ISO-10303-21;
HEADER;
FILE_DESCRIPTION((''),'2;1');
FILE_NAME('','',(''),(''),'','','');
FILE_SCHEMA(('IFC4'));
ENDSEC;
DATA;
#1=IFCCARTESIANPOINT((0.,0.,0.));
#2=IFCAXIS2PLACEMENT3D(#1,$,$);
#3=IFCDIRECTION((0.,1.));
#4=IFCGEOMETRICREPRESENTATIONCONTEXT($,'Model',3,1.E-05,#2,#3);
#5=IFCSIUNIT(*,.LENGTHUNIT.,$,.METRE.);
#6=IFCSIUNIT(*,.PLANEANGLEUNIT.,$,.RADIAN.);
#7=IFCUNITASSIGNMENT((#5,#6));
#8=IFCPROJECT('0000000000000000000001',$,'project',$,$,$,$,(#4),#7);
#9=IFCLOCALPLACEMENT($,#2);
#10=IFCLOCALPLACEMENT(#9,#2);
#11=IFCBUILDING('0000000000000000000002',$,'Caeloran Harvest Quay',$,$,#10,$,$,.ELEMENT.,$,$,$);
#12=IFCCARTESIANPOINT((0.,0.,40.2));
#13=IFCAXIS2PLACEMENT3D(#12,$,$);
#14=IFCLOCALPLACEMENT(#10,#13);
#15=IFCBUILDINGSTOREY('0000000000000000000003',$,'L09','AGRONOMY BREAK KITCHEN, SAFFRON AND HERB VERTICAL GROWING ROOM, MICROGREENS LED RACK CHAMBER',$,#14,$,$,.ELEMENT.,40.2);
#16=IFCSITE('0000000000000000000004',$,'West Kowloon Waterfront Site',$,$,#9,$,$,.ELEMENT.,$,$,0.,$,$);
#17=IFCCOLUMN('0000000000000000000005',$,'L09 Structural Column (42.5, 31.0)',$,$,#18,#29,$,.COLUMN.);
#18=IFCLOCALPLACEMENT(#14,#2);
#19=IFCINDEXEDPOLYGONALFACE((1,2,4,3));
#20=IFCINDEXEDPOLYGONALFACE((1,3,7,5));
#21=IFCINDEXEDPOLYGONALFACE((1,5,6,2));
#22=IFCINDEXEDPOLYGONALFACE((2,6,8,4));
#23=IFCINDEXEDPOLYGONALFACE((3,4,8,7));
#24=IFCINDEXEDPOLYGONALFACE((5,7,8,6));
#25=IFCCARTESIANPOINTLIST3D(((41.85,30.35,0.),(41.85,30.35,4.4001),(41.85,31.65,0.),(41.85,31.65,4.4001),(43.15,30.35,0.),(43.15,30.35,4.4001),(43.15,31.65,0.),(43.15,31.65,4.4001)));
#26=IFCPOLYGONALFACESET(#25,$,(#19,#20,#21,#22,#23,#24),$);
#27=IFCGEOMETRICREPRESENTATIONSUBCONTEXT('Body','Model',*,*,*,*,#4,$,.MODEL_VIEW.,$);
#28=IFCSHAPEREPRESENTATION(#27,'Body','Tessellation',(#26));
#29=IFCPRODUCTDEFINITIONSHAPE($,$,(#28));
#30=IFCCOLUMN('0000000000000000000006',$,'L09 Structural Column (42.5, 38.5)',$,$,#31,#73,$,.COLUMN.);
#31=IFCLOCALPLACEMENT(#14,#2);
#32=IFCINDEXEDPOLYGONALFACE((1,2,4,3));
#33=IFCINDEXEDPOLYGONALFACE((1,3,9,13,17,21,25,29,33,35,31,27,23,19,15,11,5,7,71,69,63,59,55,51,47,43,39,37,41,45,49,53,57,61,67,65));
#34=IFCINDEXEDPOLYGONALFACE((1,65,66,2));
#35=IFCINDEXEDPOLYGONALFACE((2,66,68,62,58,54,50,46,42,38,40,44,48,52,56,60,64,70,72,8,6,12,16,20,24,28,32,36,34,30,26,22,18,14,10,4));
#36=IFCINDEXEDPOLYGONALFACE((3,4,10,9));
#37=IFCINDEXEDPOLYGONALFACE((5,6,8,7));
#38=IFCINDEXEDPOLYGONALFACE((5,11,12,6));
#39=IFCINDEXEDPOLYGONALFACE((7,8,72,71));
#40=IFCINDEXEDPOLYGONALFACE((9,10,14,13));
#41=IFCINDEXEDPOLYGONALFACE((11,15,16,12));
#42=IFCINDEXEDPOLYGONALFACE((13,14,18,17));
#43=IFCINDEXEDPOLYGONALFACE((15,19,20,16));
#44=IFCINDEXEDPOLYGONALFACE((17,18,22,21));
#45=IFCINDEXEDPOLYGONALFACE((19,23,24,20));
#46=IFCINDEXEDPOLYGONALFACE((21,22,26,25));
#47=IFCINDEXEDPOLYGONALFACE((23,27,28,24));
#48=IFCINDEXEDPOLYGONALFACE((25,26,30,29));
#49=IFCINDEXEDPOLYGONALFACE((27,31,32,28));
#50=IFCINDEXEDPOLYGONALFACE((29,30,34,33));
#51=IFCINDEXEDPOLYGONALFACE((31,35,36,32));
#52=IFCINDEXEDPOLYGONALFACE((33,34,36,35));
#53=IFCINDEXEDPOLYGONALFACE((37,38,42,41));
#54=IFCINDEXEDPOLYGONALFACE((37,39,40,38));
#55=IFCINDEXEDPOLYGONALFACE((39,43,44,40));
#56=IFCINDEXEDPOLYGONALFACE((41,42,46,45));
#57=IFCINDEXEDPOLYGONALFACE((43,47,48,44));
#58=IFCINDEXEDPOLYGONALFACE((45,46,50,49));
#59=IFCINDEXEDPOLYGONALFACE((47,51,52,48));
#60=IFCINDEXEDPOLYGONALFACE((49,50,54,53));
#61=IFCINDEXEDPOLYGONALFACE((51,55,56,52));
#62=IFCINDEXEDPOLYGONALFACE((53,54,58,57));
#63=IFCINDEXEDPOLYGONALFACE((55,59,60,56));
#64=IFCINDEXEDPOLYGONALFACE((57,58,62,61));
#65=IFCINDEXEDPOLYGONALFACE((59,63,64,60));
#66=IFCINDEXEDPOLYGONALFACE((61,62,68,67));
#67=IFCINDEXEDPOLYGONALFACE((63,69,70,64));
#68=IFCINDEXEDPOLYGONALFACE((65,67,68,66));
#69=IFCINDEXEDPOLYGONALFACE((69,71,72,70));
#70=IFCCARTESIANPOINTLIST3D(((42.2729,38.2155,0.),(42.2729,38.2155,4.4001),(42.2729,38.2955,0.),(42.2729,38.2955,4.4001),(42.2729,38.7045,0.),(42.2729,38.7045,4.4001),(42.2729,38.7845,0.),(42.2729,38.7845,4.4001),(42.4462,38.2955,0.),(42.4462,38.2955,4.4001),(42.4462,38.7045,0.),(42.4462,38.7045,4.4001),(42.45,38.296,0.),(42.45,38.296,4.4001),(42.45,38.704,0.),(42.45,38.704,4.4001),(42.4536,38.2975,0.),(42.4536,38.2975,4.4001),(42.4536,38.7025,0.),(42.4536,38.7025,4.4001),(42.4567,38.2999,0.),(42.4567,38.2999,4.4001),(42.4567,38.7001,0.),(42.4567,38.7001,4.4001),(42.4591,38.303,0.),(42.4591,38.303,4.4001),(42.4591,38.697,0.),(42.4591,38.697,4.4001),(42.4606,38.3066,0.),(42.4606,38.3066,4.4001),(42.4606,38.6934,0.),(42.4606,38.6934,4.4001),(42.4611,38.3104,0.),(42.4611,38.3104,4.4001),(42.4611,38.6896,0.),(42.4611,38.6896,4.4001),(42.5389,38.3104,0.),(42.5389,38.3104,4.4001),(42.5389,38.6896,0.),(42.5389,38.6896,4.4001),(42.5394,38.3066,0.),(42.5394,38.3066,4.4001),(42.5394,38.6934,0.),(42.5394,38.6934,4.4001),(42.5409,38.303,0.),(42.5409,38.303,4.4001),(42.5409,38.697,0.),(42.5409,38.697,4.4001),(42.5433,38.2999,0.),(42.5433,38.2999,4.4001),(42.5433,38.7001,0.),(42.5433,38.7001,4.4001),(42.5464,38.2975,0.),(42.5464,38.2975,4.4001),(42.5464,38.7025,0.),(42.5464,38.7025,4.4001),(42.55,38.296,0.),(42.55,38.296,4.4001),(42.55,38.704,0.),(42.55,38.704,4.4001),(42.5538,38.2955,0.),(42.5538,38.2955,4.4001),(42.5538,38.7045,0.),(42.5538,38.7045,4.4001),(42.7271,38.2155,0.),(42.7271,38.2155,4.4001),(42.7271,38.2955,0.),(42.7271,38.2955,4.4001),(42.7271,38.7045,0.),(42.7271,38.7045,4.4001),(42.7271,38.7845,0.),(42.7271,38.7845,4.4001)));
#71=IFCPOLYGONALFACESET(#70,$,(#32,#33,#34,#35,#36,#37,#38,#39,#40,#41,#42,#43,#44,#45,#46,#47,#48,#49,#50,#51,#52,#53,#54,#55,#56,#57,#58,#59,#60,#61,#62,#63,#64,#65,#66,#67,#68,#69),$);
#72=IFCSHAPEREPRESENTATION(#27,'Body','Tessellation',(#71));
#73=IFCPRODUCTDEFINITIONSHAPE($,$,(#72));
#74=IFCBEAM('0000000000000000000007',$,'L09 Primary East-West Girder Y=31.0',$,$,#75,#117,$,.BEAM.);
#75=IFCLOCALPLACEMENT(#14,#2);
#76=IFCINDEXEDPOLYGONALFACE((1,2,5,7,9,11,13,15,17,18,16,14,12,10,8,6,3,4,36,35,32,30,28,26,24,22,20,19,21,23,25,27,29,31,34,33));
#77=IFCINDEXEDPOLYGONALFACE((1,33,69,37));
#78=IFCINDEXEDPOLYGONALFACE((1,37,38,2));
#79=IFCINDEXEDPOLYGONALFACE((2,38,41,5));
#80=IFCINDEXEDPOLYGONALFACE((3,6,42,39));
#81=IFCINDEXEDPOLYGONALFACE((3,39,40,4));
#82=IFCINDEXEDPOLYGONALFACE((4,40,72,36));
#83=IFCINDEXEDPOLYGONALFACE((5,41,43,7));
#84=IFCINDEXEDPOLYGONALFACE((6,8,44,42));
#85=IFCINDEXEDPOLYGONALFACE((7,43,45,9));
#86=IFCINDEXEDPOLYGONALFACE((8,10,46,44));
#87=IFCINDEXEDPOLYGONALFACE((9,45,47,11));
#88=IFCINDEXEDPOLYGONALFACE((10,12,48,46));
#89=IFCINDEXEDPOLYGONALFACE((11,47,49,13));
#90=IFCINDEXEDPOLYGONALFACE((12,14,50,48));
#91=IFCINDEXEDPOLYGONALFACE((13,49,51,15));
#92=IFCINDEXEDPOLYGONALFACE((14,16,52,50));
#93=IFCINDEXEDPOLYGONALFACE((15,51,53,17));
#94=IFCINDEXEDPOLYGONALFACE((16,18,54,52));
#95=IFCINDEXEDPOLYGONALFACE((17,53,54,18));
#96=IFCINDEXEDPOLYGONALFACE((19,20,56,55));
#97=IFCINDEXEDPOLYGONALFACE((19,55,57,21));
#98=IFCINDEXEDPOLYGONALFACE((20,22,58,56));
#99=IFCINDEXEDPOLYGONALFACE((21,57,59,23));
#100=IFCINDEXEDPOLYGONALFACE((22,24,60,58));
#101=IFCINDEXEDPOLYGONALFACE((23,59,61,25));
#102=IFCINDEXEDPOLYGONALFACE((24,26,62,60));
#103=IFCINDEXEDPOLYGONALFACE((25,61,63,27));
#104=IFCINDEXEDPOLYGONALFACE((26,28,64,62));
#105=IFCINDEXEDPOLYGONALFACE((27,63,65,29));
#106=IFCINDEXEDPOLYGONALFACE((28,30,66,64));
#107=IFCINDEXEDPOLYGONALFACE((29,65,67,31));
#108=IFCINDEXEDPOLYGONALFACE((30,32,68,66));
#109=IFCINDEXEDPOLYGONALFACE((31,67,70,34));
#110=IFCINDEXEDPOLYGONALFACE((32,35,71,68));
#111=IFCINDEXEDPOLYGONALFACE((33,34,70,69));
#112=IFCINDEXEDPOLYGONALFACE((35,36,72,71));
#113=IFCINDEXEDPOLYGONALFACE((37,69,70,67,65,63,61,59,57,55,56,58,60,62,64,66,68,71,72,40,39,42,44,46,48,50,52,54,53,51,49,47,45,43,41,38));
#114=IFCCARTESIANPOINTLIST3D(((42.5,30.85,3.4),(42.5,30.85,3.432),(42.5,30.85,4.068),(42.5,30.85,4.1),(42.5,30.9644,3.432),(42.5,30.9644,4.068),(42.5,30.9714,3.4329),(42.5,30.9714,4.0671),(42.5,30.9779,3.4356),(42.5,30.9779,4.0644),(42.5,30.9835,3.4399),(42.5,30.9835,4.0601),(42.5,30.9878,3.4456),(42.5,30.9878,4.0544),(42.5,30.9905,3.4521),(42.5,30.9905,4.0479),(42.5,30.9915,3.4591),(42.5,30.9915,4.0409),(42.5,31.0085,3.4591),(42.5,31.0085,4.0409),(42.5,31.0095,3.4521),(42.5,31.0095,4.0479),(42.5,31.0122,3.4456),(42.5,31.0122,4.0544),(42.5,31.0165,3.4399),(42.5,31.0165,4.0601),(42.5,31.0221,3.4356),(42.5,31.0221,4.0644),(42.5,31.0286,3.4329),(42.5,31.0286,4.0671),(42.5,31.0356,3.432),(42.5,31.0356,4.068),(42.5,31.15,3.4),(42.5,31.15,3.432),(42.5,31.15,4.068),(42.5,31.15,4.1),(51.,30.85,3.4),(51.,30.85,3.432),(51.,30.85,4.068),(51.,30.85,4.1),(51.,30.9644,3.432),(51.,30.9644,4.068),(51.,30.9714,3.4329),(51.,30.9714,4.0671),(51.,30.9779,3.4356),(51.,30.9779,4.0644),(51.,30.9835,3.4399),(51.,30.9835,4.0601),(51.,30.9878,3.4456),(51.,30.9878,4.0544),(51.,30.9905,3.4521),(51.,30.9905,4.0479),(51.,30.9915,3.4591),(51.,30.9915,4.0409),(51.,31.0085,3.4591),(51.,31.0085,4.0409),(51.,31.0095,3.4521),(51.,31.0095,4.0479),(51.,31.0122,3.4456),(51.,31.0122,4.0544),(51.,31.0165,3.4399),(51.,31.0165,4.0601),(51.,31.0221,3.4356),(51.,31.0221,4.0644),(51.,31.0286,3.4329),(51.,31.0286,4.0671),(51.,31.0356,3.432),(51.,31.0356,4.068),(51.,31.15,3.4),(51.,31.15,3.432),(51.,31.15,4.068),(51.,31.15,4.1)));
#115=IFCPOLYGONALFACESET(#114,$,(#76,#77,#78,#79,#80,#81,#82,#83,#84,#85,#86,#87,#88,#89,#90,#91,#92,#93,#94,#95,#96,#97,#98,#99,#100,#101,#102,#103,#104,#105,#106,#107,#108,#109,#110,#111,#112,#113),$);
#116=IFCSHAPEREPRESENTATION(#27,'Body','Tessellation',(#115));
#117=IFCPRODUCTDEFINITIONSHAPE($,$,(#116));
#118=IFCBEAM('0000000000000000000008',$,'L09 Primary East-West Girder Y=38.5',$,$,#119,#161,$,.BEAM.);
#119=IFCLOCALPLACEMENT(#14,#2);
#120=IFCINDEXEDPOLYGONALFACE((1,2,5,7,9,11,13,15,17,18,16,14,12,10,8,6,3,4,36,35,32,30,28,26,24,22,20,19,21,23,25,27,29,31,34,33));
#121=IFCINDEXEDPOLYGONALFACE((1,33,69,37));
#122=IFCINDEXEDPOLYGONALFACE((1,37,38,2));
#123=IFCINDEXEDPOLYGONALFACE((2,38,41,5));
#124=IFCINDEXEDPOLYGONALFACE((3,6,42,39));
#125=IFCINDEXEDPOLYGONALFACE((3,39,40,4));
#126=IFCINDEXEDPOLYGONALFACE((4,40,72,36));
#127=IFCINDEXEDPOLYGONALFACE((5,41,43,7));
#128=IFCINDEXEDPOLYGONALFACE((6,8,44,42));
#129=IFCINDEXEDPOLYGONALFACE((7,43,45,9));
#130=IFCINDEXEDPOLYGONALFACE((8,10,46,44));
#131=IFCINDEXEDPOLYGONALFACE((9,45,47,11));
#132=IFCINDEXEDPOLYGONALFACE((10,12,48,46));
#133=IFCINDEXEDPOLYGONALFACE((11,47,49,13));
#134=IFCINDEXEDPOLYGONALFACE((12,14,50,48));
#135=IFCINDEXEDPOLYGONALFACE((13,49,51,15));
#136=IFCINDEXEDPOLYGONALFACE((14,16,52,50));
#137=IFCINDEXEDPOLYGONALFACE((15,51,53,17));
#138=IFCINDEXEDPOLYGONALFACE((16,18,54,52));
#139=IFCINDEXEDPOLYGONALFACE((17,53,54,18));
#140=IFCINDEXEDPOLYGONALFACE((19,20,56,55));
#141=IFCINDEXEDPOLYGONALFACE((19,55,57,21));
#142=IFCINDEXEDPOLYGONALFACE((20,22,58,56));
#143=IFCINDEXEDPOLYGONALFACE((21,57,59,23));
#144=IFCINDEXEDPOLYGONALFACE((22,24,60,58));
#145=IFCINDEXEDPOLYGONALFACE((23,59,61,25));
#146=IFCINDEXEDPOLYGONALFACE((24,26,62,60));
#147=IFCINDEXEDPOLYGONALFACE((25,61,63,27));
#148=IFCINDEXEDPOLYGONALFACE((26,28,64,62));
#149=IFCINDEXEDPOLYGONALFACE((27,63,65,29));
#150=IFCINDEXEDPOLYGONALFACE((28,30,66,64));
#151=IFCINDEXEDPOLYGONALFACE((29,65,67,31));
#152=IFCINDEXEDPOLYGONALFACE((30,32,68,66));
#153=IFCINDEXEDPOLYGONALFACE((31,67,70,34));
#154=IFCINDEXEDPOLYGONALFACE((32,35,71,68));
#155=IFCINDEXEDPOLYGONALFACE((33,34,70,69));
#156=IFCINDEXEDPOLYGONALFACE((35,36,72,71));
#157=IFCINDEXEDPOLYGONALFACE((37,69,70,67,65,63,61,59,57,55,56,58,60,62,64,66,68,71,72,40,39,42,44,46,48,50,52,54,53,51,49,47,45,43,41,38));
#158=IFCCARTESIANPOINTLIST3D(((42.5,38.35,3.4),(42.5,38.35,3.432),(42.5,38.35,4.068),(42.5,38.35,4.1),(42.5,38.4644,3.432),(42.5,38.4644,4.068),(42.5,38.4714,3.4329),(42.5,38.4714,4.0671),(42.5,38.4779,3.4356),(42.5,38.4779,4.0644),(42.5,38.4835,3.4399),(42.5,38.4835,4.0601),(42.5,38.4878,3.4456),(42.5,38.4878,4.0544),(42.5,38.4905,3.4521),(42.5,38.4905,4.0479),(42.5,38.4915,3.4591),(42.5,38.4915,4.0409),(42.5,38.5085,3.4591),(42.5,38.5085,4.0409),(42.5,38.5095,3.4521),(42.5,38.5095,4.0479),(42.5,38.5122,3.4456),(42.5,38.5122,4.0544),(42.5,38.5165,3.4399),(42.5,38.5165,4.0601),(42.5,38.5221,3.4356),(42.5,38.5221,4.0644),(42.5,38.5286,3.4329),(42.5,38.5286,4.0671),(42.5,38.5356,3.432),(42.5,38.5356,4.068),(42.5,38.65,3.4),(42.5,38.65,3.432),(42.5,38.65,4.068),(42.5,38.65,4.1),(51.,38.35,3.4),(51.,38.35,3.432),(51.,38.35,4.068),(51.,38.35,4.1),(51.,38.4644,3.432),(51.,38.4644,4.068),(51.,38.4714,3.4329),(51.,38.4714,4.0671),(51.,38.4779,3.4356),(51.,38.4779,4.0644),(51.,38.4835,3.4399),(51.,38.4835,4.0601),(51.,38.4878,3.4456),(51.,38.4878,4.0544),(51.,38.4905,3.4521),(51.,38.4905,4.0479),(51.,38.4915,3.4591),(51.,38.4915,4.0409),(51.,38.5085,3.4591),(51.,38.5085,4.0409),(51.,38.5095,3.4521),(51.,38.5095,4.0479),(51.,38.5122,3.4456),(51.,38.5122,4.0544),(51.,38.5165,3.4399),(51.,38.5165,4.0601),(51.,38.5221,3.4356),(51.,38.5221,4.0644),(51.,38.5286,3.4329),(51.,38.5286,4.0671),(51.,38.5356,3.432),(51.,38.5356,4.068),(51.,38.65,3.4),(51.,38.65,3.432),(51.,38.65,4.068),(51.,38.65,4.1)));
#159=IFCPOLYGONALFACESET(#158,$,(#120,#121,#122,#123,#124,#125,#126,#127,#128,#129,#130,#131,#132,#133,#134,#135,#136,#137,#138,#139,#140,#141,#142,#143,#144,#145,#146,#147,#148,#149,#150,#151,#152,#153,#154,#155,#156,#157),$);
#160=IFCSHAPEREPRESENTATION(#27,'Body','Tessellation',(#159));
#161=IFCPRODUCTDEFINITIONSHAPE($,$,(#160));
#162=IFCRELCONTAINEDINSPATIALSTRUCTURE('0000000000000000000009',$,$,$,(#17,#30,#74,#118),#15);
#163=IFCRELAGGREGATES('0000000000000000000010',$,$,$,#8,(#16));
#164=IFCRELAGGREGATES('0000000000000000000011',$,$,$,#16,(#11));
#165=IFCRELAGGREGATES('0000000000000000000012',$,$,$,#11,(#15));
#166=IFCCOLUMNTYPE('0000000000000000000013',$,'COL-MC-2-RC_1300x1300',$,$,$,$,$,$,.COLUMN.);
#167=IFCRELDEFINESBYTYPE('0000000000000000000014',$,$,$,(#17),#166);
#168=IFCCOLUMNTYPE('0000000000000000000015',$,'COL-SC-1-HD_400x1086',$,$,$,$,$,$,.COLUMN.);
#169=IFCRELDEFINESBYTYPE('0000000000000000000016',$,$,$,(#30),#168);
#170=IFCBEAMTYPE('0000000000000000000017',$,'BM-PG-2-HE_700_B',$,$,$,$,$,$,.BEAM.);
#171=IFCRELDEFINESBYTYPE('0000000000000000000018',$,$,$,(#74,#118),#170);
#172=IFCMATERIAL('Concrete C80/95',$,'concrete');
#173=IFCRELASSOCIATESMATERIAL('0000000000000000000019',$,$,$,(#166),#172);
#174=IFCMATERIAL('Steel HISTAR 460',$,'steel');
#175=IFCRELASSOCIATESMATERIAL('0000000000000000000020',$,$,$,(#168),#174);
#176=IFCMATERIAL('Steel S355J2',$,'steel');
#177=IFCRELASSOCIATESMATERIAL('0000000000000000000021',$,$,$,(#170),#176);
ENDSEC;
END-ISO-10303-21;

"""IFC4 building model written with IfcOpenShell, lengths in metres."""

from ifc_helpers import new_model, si_unit, direction, frame, origin, origin_2d, place, context, subcontext, project, spatial, rectangle, i_section, extrude, material, material_profile, profile_set, type_object, element, save


model = new_model("IFC4")

# Units and contexts
model_context = context("Model", 3, precision=1e-05, world=origin(), true_north=direction((0.0, 1.0)))
body_context = subcontext(model_context, "Body", "Model", "MODEL_VIEW")
ifc_project = project(units=[si_unit("LENGTHUNIT", "METRE"), si_unit("PLANEANGLEUNIT", "RADIAN")], contexts=[model_context])

# Site, building, storey
site_placement = place(None, origin())
site = spatial("IfcSite", under=ifc_project, at=site_placement, Name="West Kowloon Waterfront Site", CompositionType="ELEMENT", RefElevation=0.0)
building_placement = place(site_placement, origin())
building = spatial("IfcBuilding", under=site, at=building_placement, Name="Caeloran Harvest Quay", CompositionType="ELEMENT")
storey_placement = place(building_placement, frame((0.0, 0.0, 40.2)))
storey = spatial("IfcBuildingStorey", under=building, at=storey_placement, Name="L09", Description="AGRONOMY BREAK KITCHEN, SAFFRON AND HERB VERTICAL GROWING ROOM, MICROGREENS LED RACK CHAMBER", CompositionType="ELEMENT", Elevation=40.2)

# Columns
ifc_material_1 = material(Name="Concrete C80/95", Category="concrete")
ifc_material_profile_1 = material_profile(ifc_material_1, rectangle(XDim=1.3, YDim=1.3, at=origin_2d()), Name="RC 1300x1300")
ifc_profile_set_1 = profile_set([ifc_material_profile_1], Name="Concrete C80/95")
column_type_1 = type_object("IfcColumnType", Name="COL-MC-2-RC_1300x1300", PredefinedType="COLUMN", material=ifc_profile_set_1)
column_1_placement = place(storey_placement, frame((42.5, 31.0, 0.0), z_axis=(0.0, 0.0, 1.0), x_axis=(1.0, 0.0, 0.0)))
element("IfcColumn", 1, at=column_1_placement, inside=storey, type_object=column_type_1, Name="L09 Structural Column (42.5, 31.0)", PredefinedType="COLUMN", context=body_context, shape_type="SweptSolid", body=[
    extrude(rectangle(XDim=1.3, YDim=1.3, at=origin_2d()), origin(), (0.0, 0.0, 1.0), 4.4001),
])
ifc_material_2 = material(Name="Steel HISTAR 460", Category="steel")
ifc_material_profile_2 = material_profile(ifc_material_2, i_section(OverallWidth=0.4541, OverallDepth=0.5691, WebThickness=0.0779, FlangeThickness=0.0801, FilletRadius=0.0149, at=origin_2d()), Name="HD 400x1086")
ifc_profile_set_2 = profile_set([ifc_material_profile_2], Name="Steel HISTAR 460")
column_type_2 = type_object("IfcColumnType", Name="COL-SC-1-HD_400x1086", PredefinedType="COLUMN", material=ifc_profile_set_2)
column_2_placement = place(storey_placement, frame((42.5, 38.5, 0.0), z_axis=(0.0, 0.0, 1.0), x_axis=(1.0, 0.0, 0.0)))
element("IfcColumn", 2, at=column_2_placement, inside=storey, type_object=column_type_2, Name="L09 Structural Column (42.5, 38.5)", PredefinedType="COLUMN", context=body_context, shape_type="SweptSolid", body=[
    extrude(i_section(OverallWidth=0.4541, OverallDepth=0.5691, WebThickness=0.0779, FlangeThickness=0.0801, FilletRadius=0.0149, at=origin_2d()), origin(), (0.0, 0.0, 1.0), 4.4001),
])

# Beams
ifc_material_3 = material(Name="Steel S355J2", Category="steel")
ifc_material_profile_3 = material_profile(ifc_material_3, i_section(OverallWidth=0.3, OverallDepth=0.7, WebThickness=0.0171, FlangeThickness=0.032, FilletRadius=0.0271, at=origin_2d()), Name="HE 700 B")
ifc_profile_set_3 = profile_set([ifc_material_profile_3], Name="Steel S355J2")
beam_type_1 = type_object("IfcBeamType", Name="BM-PG-2-HE_700_B", PredefinedType="BEAM", material=ifc_profile_set_3)
for number, where, z_axis, x_axis, name in (
    (3, (42.5, 31.0, 3.75), (1.0, 0.0, 0.0), (0.0, 1.0, 0.0), "L09 Primary East-West Girder Y=31.0"),
    (4, (42.5, 38.5, 3.75), (1.0, 0.0, 0.0), (0.0, 1.0, 0.0), "L09 Primary East-West Girder Y=38.5"),
):
    element("IfcBeam", number, at=place(storey_placement, frame(where, z_axis=z_axis, x_axis=x_axis)), inside=storey, type_object=beam_type_1, Name=name, PredefinedType="BEAM", context=body_context, shape_type="SweptSolid", body=[
        extrude(i_section(OverallWidth=0.3, OverallDepth=0.7, WebThickness=0.0171, FlangeThickness=0.032, FilletRadius=0.0271, at=origin_2d()), origin(), (0.0, 0.0, 1.0), 8.5),
    ])

save(model, "model.ifc")
